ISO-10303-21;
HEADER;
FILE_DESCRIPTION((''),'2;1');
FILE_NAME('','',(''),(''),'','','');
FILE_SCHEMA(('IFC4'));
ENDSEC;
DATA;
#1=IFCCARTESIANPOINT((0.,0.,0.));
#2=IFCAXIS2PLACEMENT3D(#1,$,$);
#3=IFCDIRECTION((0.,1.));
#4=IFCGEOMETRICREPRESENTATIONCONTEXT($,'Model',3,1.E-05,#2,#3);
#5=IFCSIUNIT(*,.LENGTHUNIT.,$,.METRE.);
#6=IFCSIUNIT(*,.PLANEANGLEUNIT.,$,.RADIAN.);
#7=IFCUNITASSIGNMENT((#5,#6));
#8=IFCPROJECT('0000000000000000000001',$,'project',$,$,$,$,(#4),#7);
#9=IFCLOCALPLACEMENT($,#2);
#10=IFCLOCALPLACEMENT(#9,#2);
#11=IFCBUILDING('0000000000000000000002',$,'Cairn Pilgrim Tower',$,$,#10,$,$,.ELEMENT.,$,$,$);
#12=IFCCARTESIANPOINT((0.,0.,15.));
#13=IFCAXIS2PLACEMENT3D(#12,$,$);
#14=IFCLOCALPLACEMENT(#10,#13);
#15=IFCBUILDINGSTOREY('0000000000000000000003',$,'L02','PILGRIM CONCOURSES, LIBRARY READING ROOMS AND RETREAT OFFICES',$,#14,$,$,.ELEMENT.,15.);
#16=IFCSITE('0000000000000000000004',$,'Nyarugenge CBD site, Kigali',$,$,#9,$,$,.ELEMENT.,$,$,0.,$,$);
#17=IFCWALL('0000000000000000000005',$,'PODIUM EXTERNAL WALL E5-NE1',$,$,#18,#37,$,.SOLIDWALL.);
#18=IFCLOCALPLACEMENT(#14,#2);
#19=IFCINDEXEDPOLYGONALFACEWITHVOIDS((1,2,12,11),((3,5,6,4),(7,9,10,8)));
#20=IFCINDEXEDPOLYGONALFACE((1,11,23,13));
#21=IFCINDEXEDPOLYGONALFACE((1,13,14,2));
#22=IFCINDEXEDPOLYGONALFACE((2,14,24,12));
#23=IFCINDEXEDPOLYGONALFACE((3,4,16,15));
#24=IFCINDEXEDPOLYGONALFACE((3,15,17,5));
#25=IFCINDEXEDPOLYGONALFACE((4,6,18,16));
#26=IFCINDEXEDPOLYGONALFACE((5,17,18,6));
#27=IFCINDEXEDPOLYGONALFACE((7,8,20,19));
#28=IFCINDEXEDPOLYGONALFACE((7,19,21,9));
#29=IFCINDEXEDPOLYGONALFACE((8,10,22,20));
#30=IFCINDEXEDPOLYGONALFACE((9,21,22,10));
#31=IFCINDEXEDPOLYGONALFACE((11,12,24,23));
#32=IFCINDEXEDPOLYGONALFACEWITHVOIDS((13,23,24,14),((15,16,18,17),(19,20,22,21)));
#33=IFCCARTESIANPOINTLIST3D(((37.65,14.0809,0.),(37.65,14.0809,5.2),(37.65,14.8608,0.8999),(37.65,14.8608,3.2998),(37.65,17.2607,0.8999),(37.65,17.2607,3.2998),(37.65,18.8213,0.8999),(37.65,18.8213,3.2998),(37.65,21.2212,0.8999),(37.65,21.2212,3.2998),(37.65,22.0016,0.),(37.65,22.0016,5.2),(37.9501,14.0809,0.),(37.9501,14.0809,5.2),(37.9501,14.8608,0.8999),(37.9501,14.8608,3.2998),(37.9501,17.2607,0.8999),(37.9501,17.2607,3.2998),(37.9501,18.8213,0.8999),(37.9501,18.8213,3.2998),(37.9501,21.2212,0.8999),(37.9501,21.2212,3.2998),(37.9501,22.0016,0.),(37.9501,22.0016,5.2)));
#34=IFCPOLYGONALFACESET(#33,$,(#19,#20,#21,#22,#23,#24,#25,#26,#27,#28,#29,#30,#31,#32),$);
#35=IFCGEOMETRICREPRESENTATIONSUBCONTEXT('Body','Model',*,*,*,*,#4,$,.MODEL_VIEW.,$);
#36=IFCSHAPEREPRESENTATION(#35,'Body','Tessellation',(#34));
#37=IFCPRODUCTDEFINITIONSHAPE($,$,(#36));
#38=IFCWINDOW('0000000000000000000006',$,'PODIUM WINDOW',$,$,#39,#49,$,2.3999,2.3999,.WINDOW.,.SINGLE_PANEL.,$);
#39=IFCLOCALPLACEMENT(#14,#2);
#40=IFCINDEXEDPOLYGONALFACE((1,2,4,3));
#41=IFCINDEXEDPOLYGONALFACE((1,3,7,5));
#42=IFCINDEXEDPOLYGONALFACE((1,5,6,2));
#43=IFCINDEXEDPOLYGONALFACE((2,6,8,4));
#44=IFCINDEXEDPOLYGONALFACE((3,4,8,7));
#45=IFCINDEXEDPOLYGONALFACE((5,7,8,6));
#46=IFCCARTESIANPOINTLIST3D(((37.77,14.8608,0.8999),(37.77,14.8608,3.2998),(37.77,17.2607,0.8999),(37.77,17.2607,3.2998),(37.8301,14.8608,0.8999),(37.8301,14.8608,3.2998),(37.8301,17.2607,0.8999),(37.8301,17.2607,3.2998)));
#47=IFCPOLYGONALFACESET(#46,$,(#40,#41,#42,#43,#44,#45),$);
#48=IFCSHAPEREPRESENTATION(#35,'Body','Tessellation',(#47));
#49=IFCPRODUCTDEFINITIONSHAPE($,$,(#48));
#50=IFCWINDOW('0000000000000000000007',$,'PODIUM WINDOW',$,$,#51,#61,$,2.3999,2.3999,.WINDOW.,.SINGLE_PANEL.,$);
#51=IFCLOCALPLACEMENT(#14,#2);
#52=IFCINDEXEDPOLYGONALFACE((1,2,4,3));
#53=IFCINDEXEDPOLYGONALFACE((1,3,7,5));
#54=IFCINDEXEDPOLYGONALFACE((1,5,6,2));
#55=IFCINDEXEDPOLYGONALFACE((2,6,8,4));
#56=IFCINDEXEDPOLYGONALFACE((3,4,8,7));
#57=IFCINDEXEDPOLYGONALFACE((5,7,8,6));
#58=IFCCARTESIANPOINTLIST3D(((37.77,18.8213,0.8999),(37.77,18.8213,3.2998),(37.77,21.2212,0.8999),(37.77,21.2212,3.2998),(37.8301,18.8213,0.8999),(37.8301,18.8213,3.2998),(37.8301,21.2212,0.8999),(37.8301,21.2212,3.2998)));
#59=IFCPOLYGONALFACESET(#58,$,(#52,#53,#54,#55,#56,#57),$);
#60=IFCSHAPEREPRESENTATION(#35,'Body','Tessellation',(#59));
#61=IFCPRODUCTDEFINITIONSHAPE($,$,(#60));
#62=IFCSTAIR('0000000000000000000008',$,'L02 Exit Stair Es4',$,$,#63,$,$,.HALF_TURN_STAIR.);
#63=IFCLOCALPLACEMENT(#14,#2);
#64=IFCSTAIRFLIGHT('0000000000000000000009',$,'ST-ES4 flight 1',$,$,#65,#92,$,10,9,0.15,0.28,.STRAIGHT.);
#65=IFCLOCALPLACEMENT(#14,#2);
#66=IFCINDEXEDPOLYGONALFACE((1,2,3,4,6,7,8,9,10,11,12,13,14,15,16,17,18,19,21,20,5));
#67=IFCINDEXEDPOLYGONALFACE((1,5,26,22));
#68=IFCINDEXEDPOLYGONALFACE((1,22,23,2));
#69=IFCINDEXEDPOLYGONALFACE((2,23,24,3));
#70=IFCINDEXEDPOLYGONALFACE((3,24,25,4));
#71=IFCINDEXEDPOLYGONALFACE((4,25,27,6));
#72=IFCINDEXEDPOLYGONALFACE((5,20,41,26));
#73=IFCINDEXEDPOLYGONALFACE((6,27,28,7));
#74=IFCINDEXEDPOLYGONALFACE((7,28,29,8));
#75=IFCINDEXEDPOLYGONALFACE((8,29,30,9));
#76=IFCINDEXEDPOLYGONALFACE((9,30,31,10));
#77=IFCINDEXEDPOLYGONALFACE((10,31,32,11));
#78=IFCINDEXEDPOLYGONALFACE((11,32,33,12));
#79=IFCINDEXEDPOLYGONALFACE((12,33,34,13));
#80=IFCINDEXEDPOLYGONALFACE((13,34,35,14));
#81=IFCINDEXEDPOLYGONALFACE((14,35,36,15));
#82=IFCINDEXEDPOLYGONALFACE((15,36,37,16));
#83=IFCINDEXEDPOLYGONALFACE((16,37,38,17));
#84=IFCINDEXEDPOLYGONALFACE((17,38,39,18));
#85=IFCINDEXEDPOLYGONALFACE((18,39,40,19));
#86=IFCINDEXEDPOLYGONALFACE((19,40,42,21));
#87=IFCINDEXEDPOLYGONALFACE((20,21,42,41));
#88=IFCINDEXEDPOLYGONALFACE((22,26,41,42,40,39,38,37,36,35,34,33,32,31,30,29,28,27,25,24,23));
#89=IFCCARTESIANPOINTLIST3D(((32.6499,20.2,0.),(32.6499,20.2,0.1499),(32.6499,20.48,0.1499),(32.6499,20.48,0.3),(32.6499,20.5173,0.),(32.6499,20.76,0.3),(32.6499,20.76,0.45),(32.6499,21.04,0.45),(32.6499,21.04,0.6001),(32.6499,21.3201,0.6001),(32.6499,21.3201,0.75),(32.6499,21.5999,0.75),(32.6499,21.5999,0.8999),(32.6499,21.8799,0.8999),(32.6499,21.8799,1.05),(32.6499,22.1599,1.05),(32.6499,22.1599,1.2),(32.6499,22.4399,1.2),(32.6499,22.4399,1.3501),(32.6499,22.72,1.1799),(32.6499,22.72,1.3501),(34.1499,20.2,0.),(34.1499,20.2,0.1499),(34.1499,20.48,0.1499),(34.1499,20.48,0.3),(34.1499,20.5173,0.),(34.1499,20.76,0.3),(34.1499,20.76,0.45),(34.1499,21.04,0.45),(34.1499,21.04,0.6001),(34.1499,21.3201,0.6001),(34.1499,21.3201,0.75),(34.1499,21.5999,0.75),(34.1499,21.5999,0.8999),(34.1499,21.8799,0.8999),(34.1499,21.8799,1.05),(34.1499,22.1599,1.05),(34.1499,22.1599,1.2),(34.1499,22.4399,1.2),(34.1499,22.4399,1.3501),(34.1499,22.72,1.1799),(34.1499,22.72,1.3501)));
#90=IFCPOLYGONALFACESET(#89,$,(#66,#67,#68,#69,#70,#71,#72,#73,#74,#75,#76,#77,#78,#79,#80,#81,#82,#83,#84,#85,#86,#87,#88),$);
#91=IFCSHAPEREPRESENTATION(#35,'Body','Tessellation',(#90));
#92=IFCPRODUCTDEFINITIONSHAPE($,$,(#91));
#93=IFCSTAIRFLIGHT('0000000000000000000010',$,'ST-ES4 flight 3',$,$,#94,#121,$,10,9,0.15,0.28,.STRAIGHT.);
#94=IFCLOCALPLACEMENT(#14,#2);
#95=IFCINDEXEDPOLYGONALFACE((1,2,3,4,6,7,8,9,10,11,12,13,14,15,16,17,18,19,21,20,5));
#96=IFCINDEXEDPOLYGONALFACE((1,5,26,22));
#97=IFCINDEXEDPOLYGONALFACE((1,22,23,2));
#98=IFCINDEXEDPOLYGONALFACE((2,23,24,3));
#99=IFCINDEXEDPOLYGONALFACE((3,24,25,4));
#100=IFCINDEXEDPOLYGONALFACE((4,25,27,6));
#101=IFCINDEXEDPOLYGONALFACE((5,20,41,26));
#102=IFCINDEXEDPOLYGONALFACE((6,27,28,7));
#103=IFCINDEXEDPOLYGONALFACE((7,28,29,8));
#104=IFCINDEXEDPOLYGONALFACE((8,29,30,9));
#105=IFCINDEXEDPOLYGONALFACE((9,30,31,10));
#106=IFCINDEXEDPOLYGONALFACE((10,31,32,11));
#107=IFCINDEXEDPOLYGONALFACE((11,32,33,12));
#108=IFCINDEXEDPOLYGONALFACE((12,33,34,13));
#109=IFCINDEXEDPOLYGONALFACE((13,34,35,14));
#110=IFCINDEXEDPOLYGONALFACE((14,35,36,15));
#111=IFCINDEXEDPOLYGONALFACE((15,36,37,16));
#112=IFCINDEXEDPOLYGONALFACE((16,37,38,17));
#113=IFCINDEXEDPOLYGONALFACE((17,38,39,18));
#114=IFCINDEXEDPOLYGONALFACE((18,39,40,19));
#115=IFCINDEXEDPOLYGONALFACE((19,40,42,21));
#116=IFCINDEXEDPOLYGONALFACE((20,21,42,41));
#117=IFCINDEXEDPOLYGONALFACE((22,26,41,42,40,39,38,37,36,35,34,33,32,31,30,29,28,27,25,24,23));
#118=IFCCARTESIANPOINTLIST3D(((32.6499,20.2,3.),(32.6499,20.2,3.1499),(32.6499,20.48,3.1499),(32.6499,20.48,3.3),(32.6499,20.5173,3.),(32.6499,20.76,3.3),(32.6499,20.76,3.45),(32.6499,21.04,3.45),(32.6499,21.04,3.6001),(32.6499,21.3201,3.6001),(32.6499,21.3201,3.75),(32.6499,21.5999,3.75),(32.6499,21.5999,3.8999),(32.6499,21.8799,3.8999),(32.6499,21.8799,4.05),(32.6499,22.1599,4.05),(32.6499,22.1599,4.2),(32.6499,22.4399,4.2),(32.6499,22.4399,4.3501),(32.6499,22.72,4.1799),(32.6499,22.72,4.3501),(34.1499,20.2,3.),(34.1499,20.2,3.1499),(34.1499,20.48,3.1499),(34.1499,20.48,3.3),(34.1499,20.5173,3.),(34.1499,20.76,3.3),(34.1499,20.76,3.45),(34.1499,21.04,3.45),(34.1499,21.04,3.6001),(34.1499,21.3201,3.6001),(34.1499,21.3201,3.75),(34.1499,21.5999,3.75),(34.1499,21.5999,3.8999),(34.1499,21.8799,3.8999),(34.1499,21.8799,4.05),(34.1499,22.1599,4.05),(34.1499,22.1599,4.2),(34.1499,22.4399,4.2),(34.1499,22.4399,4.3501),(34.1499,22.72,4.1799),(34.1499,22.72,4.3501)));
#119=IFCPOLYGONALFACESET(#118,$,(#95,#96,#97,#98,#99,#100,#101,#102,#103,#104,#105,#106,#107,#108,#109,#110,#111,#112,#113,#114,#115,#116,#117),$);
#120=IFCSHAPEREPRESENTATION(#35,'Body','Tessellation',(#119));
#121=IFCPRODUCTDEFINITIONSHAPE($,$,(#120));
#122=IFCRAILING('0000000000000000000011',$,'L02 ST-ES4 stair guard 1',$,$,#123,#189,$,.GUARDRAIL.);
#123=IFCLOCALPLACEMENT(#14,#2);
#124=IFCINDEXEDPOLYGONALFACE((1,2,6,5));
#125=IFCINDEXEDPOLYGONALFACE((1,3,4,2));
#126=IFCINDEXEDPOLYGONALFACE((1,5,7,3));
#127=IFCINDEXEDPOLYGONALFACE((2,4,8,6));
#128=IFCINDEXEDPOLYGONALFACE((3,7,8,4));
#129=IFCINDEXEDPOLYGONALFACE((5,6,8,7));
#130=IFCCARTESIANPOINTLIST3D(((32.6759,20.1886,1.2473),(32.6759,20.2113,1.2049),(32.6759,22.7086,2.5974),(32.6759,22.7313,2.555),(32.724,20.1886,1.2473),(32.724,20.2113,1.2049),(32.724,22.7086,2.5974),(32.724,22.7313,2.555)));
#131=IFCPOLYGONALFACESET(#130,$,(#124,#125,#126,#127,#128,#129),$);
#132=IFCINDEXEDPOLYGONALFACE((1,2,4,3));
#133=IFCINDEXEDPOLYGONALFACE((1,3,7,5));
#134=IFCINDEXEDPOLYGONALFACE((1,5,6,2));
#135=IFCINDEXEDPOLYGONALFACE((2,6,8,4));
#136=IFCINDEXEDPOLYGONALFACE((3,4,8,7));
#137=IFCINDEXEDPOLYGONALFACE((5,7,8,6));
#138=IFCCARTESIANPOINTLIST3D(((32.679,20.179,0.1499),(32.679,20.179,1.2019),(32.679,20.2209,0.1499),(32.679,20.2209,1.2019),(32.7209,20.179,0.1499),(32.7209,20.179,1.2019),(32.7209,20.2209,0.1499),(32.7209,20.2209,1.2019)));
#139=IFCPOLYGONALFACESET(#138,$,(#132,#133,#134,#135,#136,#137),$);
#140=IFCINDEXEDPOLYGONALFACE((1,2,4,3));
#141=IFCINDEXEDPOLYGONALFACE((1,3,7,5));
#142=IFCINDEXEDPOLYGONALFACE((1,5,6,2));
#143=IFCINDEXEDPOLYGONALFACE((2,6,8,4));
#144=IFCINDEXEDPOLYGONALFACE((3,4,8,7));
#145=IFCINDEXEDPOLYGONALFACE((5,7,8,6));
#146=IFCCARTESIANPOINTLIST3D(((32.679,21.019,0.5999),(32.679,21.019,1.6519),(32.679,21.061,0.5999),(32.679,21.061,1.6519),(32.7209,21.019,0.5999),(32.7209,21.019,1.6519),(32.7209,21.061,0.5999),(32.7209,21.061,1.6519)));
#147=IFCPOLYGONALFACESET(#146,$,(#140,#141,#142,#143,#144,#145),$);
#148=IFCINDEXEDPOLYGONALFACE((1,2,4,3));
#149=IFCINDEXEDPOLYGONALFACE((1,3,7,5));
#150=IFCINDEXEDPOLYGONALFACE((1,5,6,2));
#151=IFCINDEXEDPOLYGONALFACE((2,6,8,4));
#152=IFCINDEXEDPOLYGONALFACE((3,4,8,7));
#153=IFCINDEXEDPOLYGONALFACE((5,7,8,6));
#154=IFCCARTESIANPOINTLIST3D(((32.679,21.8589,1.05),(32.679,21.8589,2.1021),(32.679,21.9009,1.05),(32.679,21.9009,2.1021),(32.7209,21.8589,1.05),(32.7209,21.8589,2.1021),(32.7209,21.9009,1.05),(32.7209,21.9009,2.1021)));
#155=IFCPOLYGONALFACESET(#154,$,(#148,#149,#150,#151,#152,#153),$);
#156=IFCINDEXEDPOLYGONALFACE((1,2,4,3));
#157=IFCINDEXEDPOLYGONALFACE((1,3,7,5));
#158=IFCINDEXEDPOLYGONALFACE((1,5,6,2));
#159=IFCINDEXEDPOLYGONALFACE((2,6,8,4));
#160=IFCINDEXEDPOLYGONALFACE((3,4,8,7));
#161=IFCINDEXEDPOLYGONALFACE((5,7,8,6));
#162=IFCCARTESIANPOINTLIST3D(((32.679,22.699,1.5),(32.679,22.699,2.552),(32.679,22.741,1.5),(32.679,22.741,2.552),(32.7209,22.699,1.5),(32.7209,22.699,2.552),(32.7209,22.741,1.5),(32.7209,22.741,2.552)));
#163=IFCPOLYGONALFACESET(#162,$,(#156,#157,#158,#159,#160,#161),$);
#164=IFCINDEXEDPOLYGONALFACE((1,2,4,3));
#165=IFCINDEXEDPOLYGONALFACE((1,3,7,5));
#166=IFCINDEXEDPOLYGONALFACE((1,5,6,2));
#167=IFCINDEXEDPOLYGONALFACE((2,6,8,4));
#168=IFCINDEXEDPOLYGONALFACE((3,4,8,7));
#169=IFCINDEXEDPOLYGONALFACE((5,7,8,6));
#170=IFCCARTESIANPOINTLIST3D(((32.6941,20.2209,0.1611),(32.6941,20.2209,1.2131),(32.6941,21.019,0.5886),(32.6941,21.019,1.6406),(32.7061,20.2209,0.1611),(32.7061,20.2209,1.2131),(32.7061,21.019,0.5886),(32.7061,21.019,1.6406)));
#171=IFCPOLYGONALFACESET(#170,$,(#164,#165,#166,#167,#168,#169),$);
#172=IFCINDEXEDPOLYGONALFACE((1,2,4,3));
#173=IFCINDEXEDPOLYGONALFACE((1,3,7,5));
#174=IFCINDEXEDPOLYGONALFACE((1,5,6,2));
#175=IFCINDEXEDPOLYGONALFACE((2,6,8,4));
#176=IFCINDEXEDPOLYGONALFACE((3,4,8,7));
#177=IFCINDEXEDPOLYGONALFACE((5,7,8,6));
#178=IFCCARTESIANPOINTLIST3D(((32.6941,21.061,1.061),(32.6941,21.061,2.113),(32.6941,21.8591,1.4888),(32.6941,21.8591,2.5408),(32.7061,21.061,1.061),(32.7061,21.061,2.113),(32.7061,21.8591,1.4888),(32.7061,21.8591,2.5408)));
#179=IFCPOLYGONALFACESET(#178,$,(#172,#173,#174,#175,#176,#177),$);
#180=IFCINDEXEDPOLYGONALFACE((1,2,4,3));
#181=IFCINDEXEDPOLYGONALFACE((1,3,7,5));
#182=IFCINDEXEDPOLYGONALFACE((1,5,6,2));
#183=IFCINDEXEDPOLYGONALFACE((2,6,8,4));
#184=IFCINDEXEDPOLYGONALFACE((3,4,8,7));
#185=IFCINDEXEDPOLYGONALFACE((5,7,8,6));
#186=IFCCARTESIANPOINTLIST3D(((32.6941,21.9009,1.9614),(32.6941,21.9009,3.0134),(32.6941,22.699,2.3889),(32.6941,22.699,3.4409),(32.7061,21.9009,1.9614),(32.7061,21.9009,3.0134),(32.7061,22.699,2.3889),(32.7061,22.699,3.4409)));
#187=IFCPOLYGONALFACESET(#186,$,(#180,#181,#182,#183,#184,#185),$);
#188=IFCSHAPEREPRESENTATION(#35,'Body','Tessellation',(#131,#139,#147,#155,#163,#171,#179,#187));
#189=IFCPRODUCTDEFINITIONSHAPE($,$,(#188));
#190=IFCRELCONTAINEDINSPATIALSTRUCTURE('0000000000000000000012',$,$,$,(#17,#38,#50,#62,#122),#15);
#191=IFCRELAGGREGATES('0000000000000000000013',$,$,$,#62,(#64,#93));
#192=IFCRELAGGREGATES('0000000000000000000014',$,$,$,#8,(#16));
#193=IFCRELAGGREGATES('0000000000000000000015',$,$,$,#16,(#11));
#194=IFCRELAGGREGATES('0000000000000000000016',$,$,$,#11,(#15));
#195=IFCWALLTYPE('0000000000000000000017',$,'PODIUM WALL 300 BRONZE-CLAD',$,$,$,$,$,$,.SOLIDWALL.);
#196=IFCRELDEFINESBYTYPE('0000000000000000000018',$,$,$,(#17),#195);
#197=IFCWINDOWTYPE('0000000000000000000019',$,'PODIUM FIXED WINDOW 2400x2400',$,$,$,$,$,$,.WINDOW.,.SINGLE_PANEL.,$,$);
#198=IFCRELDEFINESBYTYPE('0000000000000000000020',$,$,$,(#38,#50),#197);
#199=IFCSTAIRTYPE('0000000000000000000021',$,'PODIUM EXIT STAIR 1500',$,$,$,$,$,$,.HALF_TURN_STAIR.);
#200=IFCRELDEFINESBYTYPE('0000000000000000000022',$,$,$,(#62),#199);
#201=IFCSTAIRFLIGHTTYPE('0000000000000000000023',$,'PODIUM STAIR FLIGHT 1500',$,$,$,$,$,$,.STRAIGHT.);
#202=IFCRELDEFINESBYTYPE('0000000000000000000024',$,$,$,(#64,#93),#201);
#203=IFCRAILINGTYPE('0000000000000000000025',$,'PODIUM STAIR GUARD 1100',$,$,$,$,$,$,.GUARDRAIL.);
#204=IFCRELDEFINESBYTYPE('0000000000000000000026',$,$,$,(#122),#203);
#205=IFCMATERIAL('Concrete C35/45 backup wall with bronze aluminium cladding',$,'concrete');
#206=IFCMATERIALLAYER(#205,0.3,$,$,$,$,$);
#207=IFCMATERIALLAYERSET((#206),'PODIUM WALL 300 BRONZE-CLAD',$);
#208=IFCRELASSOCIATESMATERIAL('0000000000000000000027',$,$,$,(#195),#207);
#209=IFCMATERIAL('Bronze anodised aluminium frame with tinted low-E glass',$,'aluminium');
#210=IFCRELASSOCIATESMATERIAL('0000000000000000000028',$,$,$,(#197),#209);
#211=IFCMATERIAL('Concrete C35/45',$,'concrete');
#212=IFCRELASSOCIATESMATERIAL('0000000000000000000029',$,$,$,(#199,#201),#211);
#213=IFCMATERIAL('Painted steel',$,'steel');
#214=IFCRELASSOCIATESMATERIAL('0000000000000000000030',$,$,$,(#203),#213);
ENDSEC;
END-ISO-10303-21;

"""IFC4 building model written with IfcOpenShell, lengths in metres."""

from ifc_helpers import new_model, si_unit, direction, frame, frame_2d, origin, origin_2d, place, context, subcontext, project, spatial, polyline, rectangle, outline, extrude, material, layer, layer_set, type_object, element, fill, aggregate, save


model = new_model("IFC4")

# Units and contexts
model_context = context("Model", 3, precision=1e-05, world=origin(), true_north=direction((0.0, 1.0)))
body_context = subcontext(model_context, "Body", "Model", "MODEL_VIEW")
ifc_project = project(units=[si_unit("LENGTHUNIT", "METRE"), si_unit("PLANEANGLEUNIT", "RADIAN")], contexts=[model_context])

# Site, building, storey
site_placement = place(None, origin())
site = spatial("IfcSite", under=ifc_project, at=site_placement, Name="Nyarugenge CBD site, Kigali", CompositionType="ELEMENT", RefElevation=0.0)
building_placement = place(site_placement, origin())
building = spatial("IfcBuilding", under=site, at=building_placement, Name="Cairn Pilgrim Tower", CompositionType="ELEMENT")
storey_placement = place(building_placement, frame((0.0, 0.0, 15.0)))
storey = spatial("IfcBuildingStorey", under=building, at=storey_placement, Name="L02", Description="PILGRIM CONCOURSES, LIBRARY READING ROOMS AND RETREAT OFFICES", CompositionType="ELEMENT", Elevation=15.0)

# Shared definitions
ifc_material_1 = material(Name="Concrete C35/45", Category="concrete")

# Wall, openings, windows
ifc_material_2 = material(Name="Concrete C35/45 backup wall with bronze aluminium cladding", Category="concrete")
ifc_layer_1 = layer(ifc_material_2, 0.3)
ifc_layer_set_1 = layer_set([ifc_layer_1], Name="PODIUM WALL 300 BRONZE-CLAD")
wall_type_1 = type_object("IfcWallType", Name="PODIUM WALL 300 BRONZE-CLAD", PredefinedType="SOLIDWALL", material=ifc_layer_set_1)
wall_1_placement = place(storey_placement, frame((37.8, 14.0808, 0.0), z_axis=(0.0, 0.0, 1.0), x_axis=(0.0, 1.0, 0.0)))
wall_1 = element("IfcWall", 1, at=wall_1_placement, inside=storey, type_object=wall_type_1, Name="PODIUM EXTERNAL WALL E5-NE1", PredefinedType="SOLIDWALL", context=body_context, shape_type="SweptSolid", body=[
    extrude(rectangle(XDim=7.9207, YDim=0.3, at=frame_2d((3.9604, 0.0))), origin(), (0.0, 0.0, 1.0), 5.2),
])
opening_1_placement = place(wall_1_placement, frame((0.78, 0.0, 0.8999)))
opening_1 = element("IfcOpeningElement", 2, at=opening_1_placement, cuts=wall_1, PredefinedType="OPENING", context=body_context, shape_type="SweptSolid", body=[
    extrude(rectangle(XDim=2.3999, YDim=2.3999, at=frame_2d((1.2, 1.2))), frame((0.0, 0.1602, 0.0), z_axis=(0.0, -1.0, 0.0), x_axis=(1.0, 0.0, 0.0)), (0.0, 0.0, 1.0), 0.3201),
])
opening_2_placement = place(wall_1_placement, frame((4.7405, 0.0, 0.8999)))
opening_2 = element("IfcOpeningElement", 3, at=opening_2_placement, cuts=wall_1, PredefinedType="OPENING", context=body_context, shape_type="SweptSolid", body=[
    extrude(rectangle(XDim=2.3999, YDim=2.3999, at=frame_2d((1.2, 1.2))), frame((0.0, 0.1602, 0.0), z_axis=(0.0, -1.0, 0.0), x_axis=(1.0, 0.0, 0.0)), (0.0, 0.0, 1.0), 0.3201),
])
ifc_material_3 = material(Name="Bronze anodised aluminium frame with tinted low-E glass", Category="aluminium")
window_type = type_object("IfcWindowType", Name="PODIUM FIXED WINDOW 2400x2400", PartitioningType="SINGLE_PANEL", PredefinedType="WINDOW", material=ifc_material_3)
window_1_placement = place(opening_1_placement, origin())
window_1 = element("IfcWindow", 4, at=window_1_placement, inside=storey, type_object=window_type, Name="PODIUM WINDOW", OverallHeight=2.3999, OverallWidth=2.3999, PartitioningType="SINGLE_PANEL", PredefinedType="WINDOW", context=body_context, shape_type="SweptSolid", body=[
    extrude(rectangle(XDim=2.3999, YDim=2.3999, at=frame_2d((1.2, 1.2))), frame((0.0, 0.03, 0.0), z_axis=(0.0, -1.0, 0.0), x_axis=(1.0, 0.0, 0.0)), (0.0, 0.0, 1.0), 0.0601),
])
fill(opening_1, window_1)
window_2_placement = place(opening_2_placement, origin())
window_2 = element("IfcWindow", 5, at=window_2_placement, inside=storey, type_object=window_type, Name="PODIUM WINDOW", OverallHeight=2.3999, OverallWidth=2.3999, PartitioningType="SINGLE_PANEL", PredefinedType="WINDOW", context=body_context, shape_type="SweptSolid", body=[
    extrude(rectangle(XDim=2.3999, YDim=2.3999, at=frame_2d((1.2, 1.2))), frame((0.0, 0.03, 0.0), z_axis=(0.0, -1.0, 0.0), x_axis=(1.0, 0.0, 0.0)), (0.0, 0.0, 1.0), 0.0601),
])
fill(opening_2, window_2)

# Stair, stair flights
stair_type = type_object("IfcStairType", Name="PODIUM EXIT STAIR 1500", PredefinedType="HALF_TURN_STAIR", material=ifc_material_1)
stair_placement = place(storey_placement, origin())
stair = element("IfcStair", 6, at=stair_placement, inside=storey, type_object=stair_type, Name="L02 Exit Stair Es4", PredefinedType="HALF_TURN_STAIR")
stair_flight_type = type_object("IfcStairFlightType", Name="PODIUM STAIR FLIGHT 1500", PredefinedType="STRAIGHT", material=ifc_material_1)
stair_flight_1_placement = place(storey_placement, frame((33.3999, 20.2, 0.0), z_axis=(0.0, 0.0, 1.0), x_axis=(0.0, 1.0, 0.0)))
stair_flight_1 = element("IfcStairFlight", 7, at=stair_flight_1_placement, type_object=stair_flight_type, Name="ST-ES4 flight 1", NumberOfRisers=10, NumberOfTreads=9, PredefinedType="STRAIGHT", RiserHeight=0.15, TreadLength=0.28, context=body_context, shape_type="SweptSolid", body=[
    extrude(outline(polyline([(0.0, 0.0), (0.0, 0.1499), (0.28, 0.1499), (0.28, 0.3), (0.5601, 0.3), (0.5601, 0.45), (0.8401, 0.45), (0.8401, 0.6001), (1.1201, 0.6001), (1.1201, 0.75), (1.3999, 0.75), (1.3999, 0.8999), (1.6799, 0.8999), (1.6799, 1.05), (1.96, 1.05), (1.96, 1.2), (2.24, 1.2), (2.24, 1.3501), (2.52, 1.3501), (2.52, 1.5), (2.52, 1.1799), (0.3174, 0.0), (0.0, 0.0)])), frame((0.0, 0.75, 0.0), z_axis=(0.0, -1.0, 0.0), x_axis=(1.0, 0.0, 0.0)), (0.0, 0.0, 1.0), 1.5),
])
stair_flight_2_placement = place(storey_placement, frame((33.3999, 20.2, 3.0), z_axis=(0.0, 0.0, 1.0), x_axis=(0.0, 1.0, 0.0)))
stair_flight_2 = element("IfcStairFlight", 8, at=stair_flight_2_placement, type_object=stair_flight_type, Name="ST-ES4 flight 3", NumberOfRisers=10, NumberOfTreads=9, PredefinedType="STRAIGHT", RiserHeight=0.15, TreadLength=0.28, context=body_context, shape_type="SweptSolid", body=[
    extrude(outline(polyline([(0.0, 0.0), (0.0, 0.1499), (0.28, 0.1499), (0.28, 0.3), (0.5601, 0.3), (0.5601, 0.45), (0.8401, 0.45), (0.8401, 0.6001), (1.1201, 0.6001), (1.1201, 0.75), (1.3999, 0.75), (1.3999, 0.8999), (1.6799, 0.8999), (1.6799, 1.05), (1.96, 1.05), (1.96, 1.2), (2.24, 1.2), (2.24, 1.3501), (2.52, 1.3501), (2.52, 1.5), (2.52, 1.1799), (0.3174, 0.0), (0.0, 0.0)])), frame((0.0, 0.75, 0.0), z_axis=(0.0, -1.0, 0.0), x_axis=(1.0, 0.0, 0.0)), (0.0, 0.0, 1.0), 1.5),
])
aggregate(stair, [stair_flight_1, stair_flight_2])

# Railing
ifc_material_4 = material(Name="Painted steel", Category="steel")
railing_type_1 = type_object("IfcRailingType", Name="PODIUM STAIR GUARD 1100", PredefinedType="GUARDRAIL", material=ifc_material_4)
railing_1_placement = place(storey_placement, frame((32.7, 20.2, 0.1499)))
element("IfcRailing", 9, at=railing_1_placement, inside=storey, type_object=railing_type_1, Name="L02 ST-ES4 stair guard 1", PredefinedType="GUARDRAIL", context=body_context, shape_type="SweptSolid", body=[
    extrude(rectangle(XDim=0.0481, YDim=0.0481, at=origin_2d()), frame((0.0, 0.0, 1.0762), z_axis=(0.0, 0.881467, 0.472245), x_axis=(-1.0, 0.0, 0.0)), (0.0, 0.0, 1.0), 2.8589),
    extrude(rectangle(XDim=0.042, YDim=0.042, at=origin_2d()), origin(), (0.0, 0.0, 1.0), 1.052),
    extrude(rectangle(XDim=0.042, YDim=0.042, at=origin_2d()), frame((0.0, 0.8401, 0.45)), (0.0, 0.0, 1.0), 1.052),
    extrude(rectangle(XDim=0.042, YDim=0.042, at=origin_2d()), frame((0.0, 1.6799, 0.9001)), (0.0, 0.0, 1.0), 1.052),
    extrude(rectangle(XDim=0.042, YDim=0.042, at=origin_2d()), frame((0.0, 2.52, 1.3501)), (0.0, 0.0, 1.0), 1.052),
    extrude(outline(polyline([(0.021, 0.0112), (0.8191, 0.4387), (0.8191, 1.4907), (0.021, 1.0632), (0.021, 0.0112)])), frame((-0.0059, 0.0, 0.0), z_axis=(1.0, 0.0, 0.0), x_axis=(0.0, 1.0, 0.0)), (0.0, 0.0, 1.0), 0.012),
    extrude(outline(polyline([(0.021, 0.4612), (0.8191, 0.8889), (0.8191, 1.9409), (0.021, 1.5132), (0.021, 0.4612)])), frame((-0.0059, 0.8401, 0.45), z_axis=(1.0, 0.0, 0.0), x_axis=(0.0, 1.0, 0.0)), (0.0, 0.0, 1.0), 0.012),
    extrude(outline(polyline([(0.021, 0.9114), (0.8191, 1.3389), (0.8191, 2.3909), (0.021, 1.9634), (0.021, 0.9114)])), frame((-0.0059, 1.6799, 0.9001), z_axis=(1.0, 0.0, 0.0), x_axis=(0.0, 1.0, 0.0)), (0.0, 0.0, 1.0), 0.012),
])

save(model, "model.ifc")
